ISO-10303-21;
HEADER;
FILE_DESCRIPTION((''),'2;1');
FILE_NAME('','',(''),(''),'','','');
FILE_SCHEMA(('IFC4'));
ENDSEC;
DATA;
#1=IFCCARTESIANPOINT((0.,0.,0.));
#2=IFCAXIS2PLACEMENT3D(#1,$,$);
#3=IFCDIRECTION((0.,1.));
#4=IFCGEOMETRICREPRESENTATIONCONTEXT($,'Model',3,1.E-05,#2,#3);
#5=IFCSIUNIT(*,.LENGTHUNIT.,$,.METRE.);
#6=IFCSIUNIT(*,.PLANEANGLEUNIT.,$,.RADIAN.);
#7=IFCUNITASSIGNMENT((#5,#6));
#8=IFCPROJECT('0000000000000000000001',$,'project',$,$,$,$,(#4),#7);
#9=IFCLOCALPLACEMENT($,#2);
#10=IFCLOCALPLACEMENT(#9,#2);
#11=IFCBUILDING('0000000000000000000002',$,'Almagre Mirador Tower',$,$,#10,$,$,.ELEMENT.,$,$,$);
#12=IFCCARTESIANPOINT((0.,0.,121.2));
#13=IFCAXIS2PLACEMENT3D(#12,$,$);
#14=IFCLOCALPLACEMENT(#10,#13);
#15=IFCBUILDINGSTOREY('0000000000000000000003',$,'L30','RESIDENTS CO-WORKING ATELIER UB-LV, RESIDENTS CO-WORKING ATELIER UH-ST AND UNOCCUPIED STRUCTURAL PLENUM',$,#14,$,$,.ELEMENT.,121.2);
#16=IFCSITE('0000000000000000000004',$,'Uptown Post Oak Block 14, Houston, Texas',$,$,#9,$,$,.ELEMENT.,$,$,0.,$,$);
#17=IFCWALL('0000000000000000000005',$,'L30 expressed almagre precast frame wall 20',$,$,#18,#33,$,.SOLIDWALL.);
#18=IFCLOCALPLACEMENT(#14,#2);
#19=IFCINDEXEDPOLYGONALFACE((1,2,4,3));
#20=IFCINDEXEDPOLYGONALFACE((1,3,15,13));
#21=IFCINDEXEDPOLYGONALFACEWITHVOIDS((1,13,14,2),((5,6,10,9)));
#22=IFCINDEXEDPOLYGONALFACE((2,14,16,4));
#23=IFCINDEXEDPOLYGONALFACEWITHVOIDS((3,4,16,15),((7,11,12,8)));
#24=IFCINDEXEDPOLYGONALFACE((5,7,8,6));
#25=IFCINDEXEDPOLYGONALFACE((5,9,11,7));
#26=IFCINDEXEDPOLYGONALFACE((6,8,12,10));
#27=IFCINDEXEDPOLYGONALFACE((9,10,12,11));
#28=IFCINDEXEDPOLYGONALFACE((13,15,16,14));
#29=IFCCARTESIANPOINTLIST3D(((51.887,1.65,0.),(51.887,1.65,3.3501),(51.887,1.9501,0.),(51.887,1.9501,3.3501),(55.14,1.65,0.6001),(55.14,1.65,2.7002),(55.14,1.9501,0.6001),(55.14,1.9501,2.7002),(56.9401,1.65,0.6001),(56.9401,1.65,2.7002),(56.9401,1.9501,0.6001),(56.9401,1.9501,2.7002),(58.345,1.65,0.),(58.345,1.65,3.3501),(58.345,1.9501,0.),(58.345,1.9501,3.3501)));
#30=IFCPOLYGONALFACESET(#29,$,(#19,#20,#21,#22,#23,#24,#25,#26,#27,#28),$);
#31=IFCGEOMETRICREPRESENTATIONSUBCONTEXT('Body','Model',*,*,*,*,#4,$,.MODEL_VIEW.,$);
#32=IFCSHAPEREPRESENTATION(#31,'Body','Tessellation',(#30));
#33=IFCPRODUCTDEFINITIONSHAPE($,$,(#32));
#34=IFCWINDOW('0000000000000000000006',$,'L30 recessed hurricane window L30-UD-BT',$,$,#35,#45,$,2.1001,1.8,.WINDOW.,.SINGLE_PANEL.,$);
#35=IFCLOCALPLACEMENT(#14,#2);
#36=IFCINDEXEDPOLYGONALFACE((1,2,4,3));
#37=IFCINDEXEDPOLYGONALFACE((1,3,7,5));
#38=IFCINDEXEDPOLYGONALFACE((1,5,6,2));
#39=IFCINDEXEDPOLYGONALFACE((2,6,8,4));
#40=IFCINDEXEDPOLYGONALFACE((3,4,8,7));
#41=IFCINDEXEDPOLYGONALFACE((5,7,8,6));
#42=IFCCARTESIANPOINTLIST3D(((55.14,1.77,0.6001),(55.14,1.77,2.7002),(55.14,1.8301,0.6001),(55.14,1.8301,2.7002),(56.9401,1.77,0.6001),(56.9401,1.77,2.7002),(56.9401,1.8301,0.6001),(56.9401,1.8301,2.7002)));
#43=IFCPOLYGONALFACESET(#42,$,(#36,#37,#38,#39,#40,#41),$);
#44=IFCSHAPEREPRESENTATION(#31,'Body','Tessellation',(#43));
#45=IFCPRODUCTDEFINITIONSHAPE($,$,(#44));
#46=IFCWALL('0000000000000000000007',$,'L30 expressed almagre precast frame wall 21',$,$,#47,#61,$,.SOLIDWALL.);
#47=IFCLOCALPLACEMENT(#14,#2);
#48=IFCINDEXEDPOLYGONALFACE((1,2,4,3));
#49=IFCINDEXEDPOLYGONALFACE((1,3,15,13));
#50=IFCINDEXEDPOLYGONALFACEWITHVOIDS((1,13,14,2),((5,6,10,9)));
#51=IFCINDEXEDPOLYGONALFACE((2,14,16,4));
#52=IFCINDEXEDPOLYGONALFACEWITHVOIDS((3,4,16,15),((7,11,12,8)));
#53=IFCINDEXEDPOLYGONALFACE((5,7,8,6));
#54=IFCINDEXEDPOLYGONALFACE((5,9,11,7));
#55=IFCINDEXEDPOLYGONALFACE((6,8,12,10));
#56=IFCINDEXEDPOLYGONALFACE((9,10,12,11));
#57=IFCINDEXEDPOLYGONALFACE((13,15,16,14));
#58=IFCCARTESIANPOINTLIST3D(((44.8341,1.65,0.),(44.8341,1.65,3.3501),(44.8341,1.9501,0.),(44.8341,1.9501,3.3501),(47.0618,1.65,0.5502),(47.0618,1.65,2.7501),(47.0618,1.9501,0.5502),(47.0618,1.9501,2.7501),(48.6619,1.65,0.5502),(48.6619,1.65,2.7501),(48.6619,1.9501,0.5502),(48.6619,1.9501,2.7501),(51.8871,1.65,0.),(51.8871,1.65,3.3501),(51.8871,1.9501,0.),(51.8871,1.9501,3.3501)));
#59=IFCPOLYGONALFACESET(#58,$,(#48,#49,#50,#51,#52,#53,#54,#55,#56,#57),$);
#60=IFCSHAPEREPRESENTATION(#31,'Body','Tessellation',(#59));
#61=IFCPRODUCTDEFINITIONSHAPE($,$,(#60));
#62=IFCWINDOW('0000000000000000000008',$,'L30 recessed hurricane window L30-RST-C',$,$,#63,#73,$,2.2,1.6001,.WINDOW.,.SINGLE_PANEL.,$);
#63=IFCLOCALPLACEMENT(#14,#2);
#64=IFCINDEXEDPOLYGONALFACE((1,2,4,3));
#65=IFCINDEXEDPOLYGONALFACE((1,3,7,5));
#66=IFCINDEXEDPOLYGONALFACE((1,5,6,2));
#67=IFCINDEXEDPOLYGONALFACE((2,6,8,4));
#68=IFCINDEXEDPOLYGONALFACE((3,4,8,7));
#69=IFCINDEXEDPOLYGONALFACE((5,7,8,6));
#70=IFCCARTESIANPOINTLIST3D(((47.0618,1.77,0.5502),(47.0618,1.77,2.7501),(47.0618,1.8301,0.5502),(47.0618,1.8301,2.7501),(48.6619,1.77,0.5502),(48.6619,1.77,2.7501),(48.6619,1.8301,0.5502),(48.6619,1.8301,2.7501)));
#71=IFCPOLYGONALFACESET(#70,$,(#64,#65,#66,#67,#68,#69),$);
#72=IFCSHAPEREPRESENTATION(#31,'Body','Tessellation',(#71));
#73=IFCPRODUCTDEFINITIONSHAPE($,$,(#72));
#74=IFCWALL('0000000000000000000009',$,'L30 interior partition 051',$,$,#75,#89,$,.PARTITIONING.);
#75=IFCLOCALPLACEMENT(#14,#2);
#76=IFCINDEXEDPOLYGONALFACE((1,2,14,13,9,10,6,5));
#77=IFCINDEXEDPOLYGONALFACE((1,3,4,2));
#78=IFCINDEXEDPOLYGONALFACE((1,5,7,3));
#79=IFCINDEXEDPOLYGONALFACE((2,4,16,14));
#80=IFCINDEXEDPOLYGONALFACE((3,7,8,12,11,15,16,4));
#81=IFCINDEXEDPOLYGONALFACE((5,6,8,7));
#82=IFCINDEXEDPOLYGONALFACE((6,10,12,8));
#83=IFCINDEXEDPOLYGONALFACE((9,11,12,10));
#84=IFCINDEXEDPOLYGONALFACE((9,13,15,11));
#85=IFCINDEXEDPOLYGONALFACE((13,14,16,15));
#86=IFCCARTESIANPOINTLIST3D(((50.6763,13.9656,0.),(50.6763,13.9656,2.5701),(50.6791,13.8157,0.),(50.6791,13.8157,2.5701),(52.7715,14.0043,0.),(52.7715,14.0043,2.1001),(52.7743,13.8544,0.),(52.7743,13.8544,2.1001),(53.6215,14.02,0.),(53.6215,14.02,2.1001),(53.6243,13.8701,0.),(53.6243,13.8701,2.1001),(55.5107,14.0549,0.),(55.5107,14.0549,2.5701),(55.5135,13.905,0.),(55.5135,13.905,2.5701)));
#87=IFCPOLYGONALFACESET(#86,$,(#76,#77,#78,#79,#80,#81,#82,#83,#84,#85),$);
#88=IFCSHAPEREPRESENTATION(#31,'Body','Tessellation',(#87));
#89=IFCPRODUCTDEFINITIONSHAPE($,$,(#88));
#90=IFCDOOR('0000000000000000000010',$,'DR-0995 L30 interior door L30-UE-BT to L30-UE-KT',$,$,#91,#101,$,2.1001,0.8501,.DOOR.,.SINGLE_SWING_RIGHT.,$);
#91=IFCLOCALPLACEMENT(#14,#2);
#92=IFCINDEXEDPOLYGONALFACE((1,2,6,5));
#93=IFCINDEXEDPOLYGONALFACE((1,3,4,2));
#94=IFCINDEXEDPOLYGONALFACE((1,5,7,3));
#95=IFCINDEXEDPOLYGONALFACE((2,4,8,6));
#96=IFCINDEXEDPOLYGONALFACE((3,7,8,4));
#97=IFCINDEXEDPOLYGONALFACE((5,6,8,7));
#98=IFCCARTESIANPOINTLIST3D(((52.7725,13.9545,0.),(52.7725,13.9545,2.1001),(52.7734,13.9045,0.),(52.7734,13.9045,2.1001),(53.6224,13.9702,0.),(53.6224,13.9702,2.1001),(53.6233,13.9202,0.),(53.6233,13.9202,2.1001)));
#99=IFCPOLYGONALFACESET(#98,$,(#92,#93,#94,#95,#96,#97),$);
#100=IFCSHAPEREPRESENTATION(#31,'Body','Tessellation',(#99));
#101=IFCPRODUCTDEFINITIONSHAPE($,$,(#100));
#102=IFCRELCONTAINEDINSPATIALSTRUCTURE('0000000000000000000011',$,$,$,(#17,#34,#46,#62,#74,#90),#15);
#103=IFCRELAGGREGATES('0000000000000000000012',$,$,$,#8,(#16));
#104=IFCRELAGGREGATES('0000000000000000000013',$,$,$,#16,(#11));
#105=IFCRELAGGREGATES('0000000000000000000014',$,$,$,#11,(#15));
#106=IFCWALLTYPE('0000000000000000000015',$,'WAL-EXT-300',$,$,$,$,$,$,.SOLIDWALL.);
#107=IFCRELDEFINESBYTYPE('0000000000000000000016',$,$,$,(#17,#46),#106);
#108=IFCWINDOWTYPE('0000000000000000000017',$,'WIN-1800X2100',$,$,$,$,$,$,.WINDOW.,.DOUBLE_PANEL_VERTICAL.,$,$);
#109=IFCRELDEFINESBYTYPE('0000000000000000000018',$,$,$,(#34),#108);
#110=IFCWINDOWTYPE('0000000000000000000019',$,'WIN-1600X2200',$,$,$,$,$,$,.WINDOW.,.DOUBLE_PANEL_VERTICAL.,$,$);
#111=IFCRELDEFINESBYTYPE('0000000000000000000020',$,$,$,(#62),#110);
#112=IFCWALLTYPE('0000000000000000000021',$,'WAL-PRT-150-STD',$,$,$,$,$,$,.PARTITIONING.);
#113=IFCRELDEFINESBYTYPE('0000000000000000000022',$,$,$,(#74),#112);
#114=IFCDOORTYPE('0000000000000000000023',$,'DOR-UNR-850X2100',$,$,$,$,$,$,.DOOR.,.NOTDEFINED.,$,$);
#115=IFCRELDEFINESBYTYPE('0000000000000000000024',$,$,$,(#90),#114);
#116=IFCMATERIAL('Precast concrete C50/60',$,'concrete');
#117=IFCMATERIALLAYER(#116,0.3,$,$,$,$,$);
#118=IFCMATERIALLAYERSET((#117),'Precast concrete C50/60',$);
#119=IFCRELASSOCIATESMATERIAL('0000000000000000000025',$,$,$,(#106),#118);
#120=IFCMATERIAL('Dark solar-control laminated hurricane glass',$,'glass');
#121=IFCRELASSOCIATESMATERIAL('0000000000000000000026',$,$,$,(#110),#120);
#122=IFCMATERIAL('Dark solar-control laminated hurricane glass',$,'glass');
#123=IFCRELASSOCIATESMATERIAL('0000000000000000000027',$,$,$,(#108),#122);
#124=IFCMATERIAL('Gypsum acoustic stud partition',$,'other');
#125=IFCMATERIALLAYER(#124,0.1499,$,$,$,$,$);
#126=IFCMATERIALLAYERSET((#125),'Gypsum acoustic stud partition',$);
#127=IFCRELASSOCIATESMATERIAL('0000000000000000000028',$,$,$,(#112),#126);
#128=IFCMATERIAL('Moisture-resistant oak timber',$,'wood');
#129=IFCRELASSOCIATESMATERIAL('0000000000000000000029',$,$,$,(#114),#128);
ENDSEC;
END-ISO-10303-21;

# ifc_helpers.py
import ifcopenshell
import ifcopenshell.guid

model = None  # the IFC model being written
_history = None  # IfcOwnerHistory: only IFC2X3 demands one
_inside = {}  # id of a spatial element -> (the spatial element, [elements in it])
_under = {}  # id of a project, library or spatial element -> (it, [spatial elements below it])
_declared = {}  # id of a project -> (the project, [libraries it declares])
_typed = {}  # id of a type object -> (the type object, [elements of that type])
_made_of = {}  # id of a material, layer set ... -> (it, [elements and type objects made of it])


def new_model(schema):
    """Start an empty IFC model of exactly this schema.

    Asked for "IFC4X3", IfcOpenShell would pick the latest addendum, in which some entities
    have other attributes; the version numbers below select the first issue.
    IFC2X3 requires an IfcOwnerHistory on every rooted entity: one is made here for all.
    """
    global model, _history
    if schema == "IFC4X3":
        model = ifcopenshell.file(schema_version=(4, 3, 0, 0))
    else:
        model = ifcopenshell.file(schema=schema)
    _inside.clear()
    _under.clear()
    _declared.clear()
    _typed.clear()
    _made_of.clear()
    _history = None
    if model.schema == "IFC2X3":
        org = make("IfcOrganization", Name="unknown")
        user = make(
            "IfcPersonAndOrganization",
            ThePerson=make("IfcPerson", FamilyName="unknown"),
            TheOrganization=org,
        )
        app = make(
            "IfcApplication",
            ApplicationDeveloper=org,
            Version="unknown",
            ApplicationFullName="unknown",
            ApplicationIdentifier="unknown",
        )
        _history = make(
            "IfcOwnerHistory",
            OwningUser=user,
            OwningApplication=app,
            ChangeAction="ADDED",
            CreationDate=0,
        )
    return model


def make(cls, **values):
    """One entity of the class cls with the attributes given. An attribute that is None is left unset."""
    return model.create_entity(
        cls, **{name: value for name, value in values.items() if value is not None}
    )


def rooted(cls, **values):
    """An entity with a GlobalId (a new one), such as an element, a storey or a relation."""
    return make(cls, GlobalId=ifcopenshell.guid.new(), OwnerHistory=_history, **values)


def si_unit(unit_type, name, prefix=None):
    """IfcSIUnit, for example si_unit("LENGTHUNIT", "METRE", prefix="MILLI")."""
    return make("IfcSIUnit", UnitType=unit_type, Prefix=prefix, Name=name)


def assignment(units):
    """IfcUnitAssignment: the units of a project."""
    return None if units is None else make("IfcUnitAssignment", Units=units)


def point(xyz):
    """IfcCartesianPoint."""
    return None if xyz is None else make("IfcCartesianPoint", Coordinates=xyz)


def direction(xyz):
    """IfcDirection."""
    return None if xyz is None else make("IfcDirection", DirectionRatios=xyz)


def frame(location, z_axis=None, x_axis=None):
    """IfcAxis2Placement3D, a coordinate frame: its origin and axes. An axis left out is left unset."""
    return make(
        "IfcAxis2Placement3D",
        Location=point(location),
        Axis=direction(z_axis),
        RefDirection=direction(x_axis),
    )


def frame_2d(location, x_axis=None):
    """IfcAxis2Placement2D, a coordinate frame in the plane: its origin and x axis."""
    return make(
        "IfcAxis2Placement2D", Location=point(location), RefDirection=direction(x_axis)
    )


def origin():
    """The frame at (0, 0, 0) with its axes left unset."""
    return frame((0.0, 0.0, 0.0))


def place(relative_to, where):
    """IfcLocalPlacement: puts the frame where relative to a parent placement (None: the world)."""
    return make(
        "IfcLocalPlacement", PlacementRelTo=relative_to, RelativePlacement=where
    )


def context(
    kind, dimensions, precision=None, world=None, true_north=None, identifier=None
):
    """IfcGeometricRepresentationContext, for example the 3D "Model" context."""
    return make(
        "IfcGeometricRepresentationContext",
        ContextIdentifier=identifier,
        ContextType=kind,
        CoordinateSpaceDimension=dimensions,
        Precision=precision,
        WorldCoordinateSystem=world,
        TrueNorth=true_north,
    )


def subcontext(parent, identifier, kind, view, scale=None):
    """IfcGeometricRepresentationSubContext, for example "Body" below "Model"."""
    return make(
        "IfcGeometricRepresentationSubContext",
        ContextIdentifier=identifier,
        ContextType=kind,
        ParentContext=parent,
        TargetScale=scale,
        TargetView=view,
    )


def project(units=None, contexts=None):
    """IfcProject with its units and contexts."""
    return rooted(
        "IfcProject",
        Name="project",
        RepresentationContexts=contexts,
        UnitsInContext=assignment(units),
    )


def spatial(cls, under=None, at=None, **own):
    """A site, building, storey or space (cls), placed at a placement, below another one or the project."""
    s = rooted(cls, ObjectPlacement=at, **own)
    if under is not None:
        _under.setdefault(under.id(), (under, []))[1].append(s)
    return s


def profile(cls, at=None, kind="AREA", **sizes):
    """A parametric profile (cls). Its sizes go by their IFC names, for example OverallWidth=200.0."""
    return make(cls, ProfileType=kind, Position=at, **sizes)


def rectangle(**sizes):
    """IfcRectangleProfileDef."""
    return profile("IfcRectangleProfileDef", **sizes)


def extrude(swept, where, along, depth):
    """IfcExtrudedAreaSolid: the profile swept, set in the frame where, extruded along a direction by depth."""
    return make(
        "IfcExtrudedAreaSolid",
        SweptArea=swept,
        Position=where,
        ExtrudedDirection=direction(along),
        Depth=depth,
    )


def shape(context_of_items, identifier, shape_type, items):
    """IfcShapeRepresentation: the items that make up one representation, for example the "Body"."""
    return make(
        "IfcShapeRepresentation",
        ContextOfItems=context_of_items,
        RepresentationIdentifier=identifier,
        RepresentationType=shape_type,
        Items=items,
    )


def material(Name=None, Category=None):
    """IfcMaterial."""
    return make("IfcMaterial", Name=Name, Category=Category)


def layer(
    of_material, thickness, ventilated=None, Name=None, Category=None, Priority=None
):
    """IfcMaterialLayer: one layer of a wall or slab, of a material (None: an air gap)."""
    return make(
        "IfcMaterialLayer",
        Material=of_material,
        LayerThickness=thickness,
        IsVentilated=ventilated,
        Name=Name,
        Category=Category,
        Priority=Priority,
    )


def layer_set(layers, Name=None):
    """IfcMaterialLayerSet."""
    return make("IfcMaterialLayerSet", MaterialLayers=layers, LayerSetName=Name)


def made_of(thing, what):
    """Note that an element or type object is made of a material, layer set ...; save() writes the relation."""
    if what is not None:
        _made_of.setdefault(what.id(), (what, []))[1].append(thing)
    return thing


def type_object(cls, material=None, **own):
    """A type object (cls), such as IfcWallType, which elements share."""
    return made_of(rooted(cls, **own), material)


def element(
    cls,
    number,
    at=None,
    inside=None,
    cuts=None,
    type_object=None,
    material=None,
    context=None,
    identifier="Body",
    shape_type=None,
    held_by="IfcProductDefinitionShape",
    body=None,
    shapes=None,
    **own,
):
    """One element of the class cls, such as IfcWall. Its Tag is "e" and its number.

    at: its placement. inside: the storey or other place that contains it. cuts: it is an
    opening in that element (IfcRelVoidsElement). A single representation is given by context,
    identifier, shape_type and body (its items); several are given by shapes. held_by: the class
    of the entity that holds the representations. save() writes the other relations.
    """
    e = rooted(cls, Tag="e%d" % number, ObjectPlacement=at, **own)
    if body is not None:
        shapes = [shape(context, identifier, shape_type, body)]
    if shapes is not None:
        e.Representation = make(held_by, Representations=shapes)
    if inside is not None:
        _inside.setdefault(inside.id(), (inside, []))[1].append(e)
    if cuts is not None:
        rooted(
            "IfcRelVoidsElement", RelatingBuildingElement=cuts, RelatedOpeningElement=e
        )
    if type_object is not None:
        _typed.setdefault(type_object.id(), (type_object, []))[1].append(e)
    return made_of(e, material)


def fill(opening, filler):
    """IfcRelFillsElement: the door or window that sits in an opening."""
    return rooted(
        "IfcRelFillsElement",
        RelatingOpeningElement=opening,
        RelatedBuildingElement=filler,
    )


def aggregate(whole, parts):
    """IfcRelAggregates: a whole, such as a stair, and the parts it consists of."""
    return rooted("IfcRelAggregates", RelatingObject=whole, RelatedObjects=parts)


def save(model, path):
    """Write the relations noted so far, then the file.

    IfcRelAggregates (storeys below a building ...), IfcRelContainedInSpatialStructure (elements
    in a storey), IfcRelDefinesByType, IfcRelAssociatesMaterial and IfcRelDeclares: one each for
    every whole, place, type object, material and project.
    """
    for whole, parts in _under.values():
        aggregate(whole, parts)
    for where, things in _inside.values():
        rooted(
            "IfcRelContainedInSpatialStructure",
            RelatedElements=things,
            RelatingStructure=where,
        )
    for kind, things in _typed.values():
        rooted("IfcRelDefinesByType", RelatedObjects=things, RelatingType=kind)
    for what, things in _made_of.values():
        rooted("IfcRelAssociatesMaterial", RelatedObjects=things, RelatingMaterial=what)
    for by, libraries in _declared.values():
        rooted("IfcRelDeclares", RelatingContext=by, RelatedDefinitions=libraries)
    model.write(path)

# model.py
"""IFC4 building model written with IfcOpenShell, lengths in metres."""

from ifc_helpers import new_model, si_unit, direction, frame, frame_2d, origin, place, context, subcontext, project, spatial, rectangle, extrude, material, layer, layer_set, type_object, element, fill, save


model = new_model("IFC4")

# Units and contexts
model_context = context("Model", 3, precision=1e-05, world=origin(), true_north=direction((0.0, 1.0)))
body_context = subcontext(model_context, "Body", "Model", "MODEL_VIEW")
ifc_project = project(units=[si_unit("LENGTHUNIT", "METRE"), si_unit("PLANEANGLEUNIT", "RADIAN")], contexts=[model_context])

# Site, building, storey
site_placement = place(None, origin())
site = spatial("IfcSite", under=ifc_project, at=site_placement, Name="Uptown Post Oak Block 14, Houston, Texas", CompositionType="ELEMENT", RefElevation=0.0)
building_placement = place(site_placement, origin())
building = spatial("IfcBuilding", under=site, at=building_placement, Name="Almagre Mirador Tower", CompositionType="ELEMENT")
storey_placement = place(building_placement, frame((0.0, 0.0, 121.2)))
storey = spatial("IfcBuildingStorey", under=building, at=storey_placement, Name="L30", Description="RESIDENTS CO-WORKING ATELIER UB-LV, RESIDENTS CO-WORKING ATELIER UH-ST AND UNOCCUPIED STRUCTURAL PLENUM", CompositionType="ELEMENT", Elevation=121.2)

# Shared definitions
ifc_material_1 = material(Name="Precast concrete C50/60", Category="concrete")
ifc_layer_1 = layer(ifc_material_1, 0.3)
ifc_layer_set_1 = layer_set([ifc_layer_1], Name="Precast concrete C50/60")
wall_type_1 = type_object("IfcWallType", Name="WAL-EXT-300", PredefinedType="SOLIDWALL", material=ifc_layer_set_1)

# Shared definitions
ifc_material_2 = material(Name="Dark solar-control laminated hurricane glass", Category="glass")
window_type_1 = type_object("IfcWindowType", Name="WIN-1600X2200", PartitioningType="DOUBLE_PANEL_VERTICAL", PredefinedType="WINDOW", material=ifc_material_2)

# Walls, openings, windows
wall_1_placement = place(storey_placement, frame((58.345, 1.8, 0.0), z_axis=(0.0, 0.0, 1.0), x_axis=(-1.0, 0.0, 0.0)))
wall_1 = element("IfcWall", 1, at=wall_1_placement, inside=storey, type_object=wall_type_1, Name="L30 expressed almagre precast frame wall 20", PredefinedType="SOLIDWALL", context=body_context, shape_type="SweptSolid", body=[
    extrude(rectangle(XDim=6.458, YDim=0.3, at=frame_2d((3.229, 0.0))), origin(), (0.0, 0.0, 1.0), 3.3501),
])
opening_1_placement = place(wall_1_placement, frame((1.405, 0.0, 0.6001)))
opening_1 = element("IfcOpeningElement", 2, at=opening_1_placement, cuts=wall_1, PredefinedType="OPENING", context=body_context, shape_type="SweptSolid", body=[
    extrude(rectangle(XDim=1.8, YDim=2.1001, at=frame_2d((0.8999, 1.05))), frame((0.0, 0.1599, 0.0), z_axis=(0.0, -1.0, 0.0), x_axis=(1.0, 0.0, 0.0)), (0.0, 0.0, 1.0), 0.32),
])
ifc_material_3 = material(Name="Dark solar-control laminated hurricane glass", Category="glass")
window_type_2 = type_object("IfcWindowType", Name="WIN-1800X2100", PartitioningType="DOUBLE_PANEL_VERTICAL", PredefinedType="WINDOW", material=ifc_material_3)
window_1_placement = place(opening_1_placement, origin())
window_1 = element("IfcWindow", 3, at=window_1_placement, inside=storey, type_object=window_type_2, Name="L30 recessed hurricane window L30-UD-BT", OverallHeight=2.1001, OverallWidth=1.8, PartitioningType="SINGLE_PANEL", PredefinedType="WINDOW", context=body_context, shape_type="SweptSolid", body=[
    extrude(rectangle(XDim=1.8, YDim=2.1001, at=frame_2d((0.8999, 1.05))), frame((0.0, 0.03, 0.0), z_axis=(0.0, -1.0, 0.0), x_axis=(1.0, 0.0, 0.0)), (0.0, 0.0, 1.0), 0.0601),
])
fill(opening_1, window_1)
wall_2_placement = place(storey_placement, frame((51.887, 1.8, 0.0), z_axis=(0.0, 0.0, 1.0), x_axis=(-1.0, 0.0, 0.0)))
wall_2 = element("IfcWall", 4, at=wall_2_placement, inside=storey, type_object=wall_type_1, Name="L30 expressed almagre precast frame wall 21", PredefinedType="SOLIDWALL", context=body_context, shape_type="SweptSolid", body=[
    extrude(rectangle(XDim=7.053, YDim=0.3, at=frame_2d((3.5264, 0.0))), origin(), (0.0, 0.0, 1.0), 3.3501),
])
opening_2_placement = place(wall_2_placement, frame((3.2251, 0.0, 0.55)))
opening_2 = element("IfcOpeningElement", 5, at=opening_2_placement, cuts=wall_2, PredefinedType="OPENING", context=body_context, shape_type="SweptSolid", body=[
    extrude(rectangle(XDim=1.6001, YDim=2.2, at=frame_2d((0.8, 1.1001))), frame((0.0, 0.1599, 0.0), z_axis=(0.0, -1.0, 0.0), x_axis=(1.0, 0.0, 0.0)), (0.0, 0.0, 1.0), 0.32),
])
window_2_placement = place(opening_2_placement, origin())
window_2 = element("IfcWindow", 6, at=window_2_placement, inside=storey, type_object=window_type_1, Name="L30 recessed hurricane window L30-RST-C", OverallHeight=2.2, OverallWidth=1.6001, PartitioningType="SINGLE_PANEL", PredefinedType="WINDOW", context=body_context, shape_type="SweptSolid", body=[
    extrude(rectangle(XDim=1.6001, YDim=2.2, at=frame_2d((0.8, 1.1001))), frame((0.0, 0.03, 0.0), z_axis=(0.0, -1.0, 0.0), x_axis=(1.0, 0.0, 0.0)), (0.0, 0.0, 1.0), 0.0601),
])
fill(opening_2, window_2)

# Wall, opening, door
ifc_material_4 = material(Name="Gypsum acoustic stud partition", Category="other")
ifc_layer_2 = layer(ifc_material_4, 0.1499)
ifc_layer_set_2 = layer_set([ifc_layer_2], Name="Gypsum acoustic stud partition")
wall_type_2 = type_object("IfcWallType", Name="WAL-PRT-150-STD", PredefinedType="PARTITIONING", material=ifc_layer_set_2)
wall_3_placement = place(storey_placement, frame((55.512, 13.98, 0.0), z_axis=(0.0, 0.0, 1.0), x_axis=(-0.999829, -0.01848, 0.0)))
wall_3 = element("IfcWall", 7, at=wall_3_placement, inside=storey, type_object=wall_type_2, Name="L30 interior partition 051", PredefinedType="PARTITIONING", context=body_context, shape_type="SweptSolid", body=[
    extrude(rectangle(XDim=4.8352, YDim=0.1499, at=frame_2d((2.4175, 0.0))), origin(), (0.0, 0.0, 1.0), 2.5701),
])
opening_3_placement = place(wall_3_placement, frame((1.8894, 0.0, 0.0)))
opening_3 = element("IfcOpeningElement", 8, at=opening_3_placement, cuts=wall_3, PredefinedType="OPENING", context=body_context, shape_type="SweptSolid", body=[
    extrude(rectangle(XDim=0.8501, YDim=2.1001, at=frame_2d((0.425, 1.05))), frame((0.0, 0.085, 0.0), z_axis=(0.0, -1.0, 0.0), x_axis=(1.0, 0.0, 0.0)), (0.0, 0.0, 1.0), 0.1699),
])
ifc_material_5 = material(Name="Moisture-resistant oak timber", Category="wood")
door_type = type_object("IfcDoorType", Name="DOR-UNR-850X2100", OperationType="NOTDEFINED", PredefinedType="DOOR", material=ifc_material_5)
door_placement = place(opening_3_placement, origin())
door = element("IfcDoor", 9, at=door_placement, inside=storey, type_object=door_type, Name="DR-0995 L30 interior door L30-UE-BT to L30-UE-KT", OperationType="SINGLE_SWING_RIGHT", OverallHeight=2.1001, OverallWidth=0.8501, PredefinedType="DOOR", context=body_context, shape_type="SweptSolid", body=[
    extrude(rectangle(XDim=0.8501, YDim=2.1001, at=frame_2d((0.425, 1.05))), frame((0.0, 0.0249, 0.0), z_axis=(0.0, -1.0, 0.0), x_axis=(1.0, 0.0, 0.0)), (0.0, 0.0, 1.0), 0.05),
])
fill(opening_3, door)

save(model, "model.ifc")
